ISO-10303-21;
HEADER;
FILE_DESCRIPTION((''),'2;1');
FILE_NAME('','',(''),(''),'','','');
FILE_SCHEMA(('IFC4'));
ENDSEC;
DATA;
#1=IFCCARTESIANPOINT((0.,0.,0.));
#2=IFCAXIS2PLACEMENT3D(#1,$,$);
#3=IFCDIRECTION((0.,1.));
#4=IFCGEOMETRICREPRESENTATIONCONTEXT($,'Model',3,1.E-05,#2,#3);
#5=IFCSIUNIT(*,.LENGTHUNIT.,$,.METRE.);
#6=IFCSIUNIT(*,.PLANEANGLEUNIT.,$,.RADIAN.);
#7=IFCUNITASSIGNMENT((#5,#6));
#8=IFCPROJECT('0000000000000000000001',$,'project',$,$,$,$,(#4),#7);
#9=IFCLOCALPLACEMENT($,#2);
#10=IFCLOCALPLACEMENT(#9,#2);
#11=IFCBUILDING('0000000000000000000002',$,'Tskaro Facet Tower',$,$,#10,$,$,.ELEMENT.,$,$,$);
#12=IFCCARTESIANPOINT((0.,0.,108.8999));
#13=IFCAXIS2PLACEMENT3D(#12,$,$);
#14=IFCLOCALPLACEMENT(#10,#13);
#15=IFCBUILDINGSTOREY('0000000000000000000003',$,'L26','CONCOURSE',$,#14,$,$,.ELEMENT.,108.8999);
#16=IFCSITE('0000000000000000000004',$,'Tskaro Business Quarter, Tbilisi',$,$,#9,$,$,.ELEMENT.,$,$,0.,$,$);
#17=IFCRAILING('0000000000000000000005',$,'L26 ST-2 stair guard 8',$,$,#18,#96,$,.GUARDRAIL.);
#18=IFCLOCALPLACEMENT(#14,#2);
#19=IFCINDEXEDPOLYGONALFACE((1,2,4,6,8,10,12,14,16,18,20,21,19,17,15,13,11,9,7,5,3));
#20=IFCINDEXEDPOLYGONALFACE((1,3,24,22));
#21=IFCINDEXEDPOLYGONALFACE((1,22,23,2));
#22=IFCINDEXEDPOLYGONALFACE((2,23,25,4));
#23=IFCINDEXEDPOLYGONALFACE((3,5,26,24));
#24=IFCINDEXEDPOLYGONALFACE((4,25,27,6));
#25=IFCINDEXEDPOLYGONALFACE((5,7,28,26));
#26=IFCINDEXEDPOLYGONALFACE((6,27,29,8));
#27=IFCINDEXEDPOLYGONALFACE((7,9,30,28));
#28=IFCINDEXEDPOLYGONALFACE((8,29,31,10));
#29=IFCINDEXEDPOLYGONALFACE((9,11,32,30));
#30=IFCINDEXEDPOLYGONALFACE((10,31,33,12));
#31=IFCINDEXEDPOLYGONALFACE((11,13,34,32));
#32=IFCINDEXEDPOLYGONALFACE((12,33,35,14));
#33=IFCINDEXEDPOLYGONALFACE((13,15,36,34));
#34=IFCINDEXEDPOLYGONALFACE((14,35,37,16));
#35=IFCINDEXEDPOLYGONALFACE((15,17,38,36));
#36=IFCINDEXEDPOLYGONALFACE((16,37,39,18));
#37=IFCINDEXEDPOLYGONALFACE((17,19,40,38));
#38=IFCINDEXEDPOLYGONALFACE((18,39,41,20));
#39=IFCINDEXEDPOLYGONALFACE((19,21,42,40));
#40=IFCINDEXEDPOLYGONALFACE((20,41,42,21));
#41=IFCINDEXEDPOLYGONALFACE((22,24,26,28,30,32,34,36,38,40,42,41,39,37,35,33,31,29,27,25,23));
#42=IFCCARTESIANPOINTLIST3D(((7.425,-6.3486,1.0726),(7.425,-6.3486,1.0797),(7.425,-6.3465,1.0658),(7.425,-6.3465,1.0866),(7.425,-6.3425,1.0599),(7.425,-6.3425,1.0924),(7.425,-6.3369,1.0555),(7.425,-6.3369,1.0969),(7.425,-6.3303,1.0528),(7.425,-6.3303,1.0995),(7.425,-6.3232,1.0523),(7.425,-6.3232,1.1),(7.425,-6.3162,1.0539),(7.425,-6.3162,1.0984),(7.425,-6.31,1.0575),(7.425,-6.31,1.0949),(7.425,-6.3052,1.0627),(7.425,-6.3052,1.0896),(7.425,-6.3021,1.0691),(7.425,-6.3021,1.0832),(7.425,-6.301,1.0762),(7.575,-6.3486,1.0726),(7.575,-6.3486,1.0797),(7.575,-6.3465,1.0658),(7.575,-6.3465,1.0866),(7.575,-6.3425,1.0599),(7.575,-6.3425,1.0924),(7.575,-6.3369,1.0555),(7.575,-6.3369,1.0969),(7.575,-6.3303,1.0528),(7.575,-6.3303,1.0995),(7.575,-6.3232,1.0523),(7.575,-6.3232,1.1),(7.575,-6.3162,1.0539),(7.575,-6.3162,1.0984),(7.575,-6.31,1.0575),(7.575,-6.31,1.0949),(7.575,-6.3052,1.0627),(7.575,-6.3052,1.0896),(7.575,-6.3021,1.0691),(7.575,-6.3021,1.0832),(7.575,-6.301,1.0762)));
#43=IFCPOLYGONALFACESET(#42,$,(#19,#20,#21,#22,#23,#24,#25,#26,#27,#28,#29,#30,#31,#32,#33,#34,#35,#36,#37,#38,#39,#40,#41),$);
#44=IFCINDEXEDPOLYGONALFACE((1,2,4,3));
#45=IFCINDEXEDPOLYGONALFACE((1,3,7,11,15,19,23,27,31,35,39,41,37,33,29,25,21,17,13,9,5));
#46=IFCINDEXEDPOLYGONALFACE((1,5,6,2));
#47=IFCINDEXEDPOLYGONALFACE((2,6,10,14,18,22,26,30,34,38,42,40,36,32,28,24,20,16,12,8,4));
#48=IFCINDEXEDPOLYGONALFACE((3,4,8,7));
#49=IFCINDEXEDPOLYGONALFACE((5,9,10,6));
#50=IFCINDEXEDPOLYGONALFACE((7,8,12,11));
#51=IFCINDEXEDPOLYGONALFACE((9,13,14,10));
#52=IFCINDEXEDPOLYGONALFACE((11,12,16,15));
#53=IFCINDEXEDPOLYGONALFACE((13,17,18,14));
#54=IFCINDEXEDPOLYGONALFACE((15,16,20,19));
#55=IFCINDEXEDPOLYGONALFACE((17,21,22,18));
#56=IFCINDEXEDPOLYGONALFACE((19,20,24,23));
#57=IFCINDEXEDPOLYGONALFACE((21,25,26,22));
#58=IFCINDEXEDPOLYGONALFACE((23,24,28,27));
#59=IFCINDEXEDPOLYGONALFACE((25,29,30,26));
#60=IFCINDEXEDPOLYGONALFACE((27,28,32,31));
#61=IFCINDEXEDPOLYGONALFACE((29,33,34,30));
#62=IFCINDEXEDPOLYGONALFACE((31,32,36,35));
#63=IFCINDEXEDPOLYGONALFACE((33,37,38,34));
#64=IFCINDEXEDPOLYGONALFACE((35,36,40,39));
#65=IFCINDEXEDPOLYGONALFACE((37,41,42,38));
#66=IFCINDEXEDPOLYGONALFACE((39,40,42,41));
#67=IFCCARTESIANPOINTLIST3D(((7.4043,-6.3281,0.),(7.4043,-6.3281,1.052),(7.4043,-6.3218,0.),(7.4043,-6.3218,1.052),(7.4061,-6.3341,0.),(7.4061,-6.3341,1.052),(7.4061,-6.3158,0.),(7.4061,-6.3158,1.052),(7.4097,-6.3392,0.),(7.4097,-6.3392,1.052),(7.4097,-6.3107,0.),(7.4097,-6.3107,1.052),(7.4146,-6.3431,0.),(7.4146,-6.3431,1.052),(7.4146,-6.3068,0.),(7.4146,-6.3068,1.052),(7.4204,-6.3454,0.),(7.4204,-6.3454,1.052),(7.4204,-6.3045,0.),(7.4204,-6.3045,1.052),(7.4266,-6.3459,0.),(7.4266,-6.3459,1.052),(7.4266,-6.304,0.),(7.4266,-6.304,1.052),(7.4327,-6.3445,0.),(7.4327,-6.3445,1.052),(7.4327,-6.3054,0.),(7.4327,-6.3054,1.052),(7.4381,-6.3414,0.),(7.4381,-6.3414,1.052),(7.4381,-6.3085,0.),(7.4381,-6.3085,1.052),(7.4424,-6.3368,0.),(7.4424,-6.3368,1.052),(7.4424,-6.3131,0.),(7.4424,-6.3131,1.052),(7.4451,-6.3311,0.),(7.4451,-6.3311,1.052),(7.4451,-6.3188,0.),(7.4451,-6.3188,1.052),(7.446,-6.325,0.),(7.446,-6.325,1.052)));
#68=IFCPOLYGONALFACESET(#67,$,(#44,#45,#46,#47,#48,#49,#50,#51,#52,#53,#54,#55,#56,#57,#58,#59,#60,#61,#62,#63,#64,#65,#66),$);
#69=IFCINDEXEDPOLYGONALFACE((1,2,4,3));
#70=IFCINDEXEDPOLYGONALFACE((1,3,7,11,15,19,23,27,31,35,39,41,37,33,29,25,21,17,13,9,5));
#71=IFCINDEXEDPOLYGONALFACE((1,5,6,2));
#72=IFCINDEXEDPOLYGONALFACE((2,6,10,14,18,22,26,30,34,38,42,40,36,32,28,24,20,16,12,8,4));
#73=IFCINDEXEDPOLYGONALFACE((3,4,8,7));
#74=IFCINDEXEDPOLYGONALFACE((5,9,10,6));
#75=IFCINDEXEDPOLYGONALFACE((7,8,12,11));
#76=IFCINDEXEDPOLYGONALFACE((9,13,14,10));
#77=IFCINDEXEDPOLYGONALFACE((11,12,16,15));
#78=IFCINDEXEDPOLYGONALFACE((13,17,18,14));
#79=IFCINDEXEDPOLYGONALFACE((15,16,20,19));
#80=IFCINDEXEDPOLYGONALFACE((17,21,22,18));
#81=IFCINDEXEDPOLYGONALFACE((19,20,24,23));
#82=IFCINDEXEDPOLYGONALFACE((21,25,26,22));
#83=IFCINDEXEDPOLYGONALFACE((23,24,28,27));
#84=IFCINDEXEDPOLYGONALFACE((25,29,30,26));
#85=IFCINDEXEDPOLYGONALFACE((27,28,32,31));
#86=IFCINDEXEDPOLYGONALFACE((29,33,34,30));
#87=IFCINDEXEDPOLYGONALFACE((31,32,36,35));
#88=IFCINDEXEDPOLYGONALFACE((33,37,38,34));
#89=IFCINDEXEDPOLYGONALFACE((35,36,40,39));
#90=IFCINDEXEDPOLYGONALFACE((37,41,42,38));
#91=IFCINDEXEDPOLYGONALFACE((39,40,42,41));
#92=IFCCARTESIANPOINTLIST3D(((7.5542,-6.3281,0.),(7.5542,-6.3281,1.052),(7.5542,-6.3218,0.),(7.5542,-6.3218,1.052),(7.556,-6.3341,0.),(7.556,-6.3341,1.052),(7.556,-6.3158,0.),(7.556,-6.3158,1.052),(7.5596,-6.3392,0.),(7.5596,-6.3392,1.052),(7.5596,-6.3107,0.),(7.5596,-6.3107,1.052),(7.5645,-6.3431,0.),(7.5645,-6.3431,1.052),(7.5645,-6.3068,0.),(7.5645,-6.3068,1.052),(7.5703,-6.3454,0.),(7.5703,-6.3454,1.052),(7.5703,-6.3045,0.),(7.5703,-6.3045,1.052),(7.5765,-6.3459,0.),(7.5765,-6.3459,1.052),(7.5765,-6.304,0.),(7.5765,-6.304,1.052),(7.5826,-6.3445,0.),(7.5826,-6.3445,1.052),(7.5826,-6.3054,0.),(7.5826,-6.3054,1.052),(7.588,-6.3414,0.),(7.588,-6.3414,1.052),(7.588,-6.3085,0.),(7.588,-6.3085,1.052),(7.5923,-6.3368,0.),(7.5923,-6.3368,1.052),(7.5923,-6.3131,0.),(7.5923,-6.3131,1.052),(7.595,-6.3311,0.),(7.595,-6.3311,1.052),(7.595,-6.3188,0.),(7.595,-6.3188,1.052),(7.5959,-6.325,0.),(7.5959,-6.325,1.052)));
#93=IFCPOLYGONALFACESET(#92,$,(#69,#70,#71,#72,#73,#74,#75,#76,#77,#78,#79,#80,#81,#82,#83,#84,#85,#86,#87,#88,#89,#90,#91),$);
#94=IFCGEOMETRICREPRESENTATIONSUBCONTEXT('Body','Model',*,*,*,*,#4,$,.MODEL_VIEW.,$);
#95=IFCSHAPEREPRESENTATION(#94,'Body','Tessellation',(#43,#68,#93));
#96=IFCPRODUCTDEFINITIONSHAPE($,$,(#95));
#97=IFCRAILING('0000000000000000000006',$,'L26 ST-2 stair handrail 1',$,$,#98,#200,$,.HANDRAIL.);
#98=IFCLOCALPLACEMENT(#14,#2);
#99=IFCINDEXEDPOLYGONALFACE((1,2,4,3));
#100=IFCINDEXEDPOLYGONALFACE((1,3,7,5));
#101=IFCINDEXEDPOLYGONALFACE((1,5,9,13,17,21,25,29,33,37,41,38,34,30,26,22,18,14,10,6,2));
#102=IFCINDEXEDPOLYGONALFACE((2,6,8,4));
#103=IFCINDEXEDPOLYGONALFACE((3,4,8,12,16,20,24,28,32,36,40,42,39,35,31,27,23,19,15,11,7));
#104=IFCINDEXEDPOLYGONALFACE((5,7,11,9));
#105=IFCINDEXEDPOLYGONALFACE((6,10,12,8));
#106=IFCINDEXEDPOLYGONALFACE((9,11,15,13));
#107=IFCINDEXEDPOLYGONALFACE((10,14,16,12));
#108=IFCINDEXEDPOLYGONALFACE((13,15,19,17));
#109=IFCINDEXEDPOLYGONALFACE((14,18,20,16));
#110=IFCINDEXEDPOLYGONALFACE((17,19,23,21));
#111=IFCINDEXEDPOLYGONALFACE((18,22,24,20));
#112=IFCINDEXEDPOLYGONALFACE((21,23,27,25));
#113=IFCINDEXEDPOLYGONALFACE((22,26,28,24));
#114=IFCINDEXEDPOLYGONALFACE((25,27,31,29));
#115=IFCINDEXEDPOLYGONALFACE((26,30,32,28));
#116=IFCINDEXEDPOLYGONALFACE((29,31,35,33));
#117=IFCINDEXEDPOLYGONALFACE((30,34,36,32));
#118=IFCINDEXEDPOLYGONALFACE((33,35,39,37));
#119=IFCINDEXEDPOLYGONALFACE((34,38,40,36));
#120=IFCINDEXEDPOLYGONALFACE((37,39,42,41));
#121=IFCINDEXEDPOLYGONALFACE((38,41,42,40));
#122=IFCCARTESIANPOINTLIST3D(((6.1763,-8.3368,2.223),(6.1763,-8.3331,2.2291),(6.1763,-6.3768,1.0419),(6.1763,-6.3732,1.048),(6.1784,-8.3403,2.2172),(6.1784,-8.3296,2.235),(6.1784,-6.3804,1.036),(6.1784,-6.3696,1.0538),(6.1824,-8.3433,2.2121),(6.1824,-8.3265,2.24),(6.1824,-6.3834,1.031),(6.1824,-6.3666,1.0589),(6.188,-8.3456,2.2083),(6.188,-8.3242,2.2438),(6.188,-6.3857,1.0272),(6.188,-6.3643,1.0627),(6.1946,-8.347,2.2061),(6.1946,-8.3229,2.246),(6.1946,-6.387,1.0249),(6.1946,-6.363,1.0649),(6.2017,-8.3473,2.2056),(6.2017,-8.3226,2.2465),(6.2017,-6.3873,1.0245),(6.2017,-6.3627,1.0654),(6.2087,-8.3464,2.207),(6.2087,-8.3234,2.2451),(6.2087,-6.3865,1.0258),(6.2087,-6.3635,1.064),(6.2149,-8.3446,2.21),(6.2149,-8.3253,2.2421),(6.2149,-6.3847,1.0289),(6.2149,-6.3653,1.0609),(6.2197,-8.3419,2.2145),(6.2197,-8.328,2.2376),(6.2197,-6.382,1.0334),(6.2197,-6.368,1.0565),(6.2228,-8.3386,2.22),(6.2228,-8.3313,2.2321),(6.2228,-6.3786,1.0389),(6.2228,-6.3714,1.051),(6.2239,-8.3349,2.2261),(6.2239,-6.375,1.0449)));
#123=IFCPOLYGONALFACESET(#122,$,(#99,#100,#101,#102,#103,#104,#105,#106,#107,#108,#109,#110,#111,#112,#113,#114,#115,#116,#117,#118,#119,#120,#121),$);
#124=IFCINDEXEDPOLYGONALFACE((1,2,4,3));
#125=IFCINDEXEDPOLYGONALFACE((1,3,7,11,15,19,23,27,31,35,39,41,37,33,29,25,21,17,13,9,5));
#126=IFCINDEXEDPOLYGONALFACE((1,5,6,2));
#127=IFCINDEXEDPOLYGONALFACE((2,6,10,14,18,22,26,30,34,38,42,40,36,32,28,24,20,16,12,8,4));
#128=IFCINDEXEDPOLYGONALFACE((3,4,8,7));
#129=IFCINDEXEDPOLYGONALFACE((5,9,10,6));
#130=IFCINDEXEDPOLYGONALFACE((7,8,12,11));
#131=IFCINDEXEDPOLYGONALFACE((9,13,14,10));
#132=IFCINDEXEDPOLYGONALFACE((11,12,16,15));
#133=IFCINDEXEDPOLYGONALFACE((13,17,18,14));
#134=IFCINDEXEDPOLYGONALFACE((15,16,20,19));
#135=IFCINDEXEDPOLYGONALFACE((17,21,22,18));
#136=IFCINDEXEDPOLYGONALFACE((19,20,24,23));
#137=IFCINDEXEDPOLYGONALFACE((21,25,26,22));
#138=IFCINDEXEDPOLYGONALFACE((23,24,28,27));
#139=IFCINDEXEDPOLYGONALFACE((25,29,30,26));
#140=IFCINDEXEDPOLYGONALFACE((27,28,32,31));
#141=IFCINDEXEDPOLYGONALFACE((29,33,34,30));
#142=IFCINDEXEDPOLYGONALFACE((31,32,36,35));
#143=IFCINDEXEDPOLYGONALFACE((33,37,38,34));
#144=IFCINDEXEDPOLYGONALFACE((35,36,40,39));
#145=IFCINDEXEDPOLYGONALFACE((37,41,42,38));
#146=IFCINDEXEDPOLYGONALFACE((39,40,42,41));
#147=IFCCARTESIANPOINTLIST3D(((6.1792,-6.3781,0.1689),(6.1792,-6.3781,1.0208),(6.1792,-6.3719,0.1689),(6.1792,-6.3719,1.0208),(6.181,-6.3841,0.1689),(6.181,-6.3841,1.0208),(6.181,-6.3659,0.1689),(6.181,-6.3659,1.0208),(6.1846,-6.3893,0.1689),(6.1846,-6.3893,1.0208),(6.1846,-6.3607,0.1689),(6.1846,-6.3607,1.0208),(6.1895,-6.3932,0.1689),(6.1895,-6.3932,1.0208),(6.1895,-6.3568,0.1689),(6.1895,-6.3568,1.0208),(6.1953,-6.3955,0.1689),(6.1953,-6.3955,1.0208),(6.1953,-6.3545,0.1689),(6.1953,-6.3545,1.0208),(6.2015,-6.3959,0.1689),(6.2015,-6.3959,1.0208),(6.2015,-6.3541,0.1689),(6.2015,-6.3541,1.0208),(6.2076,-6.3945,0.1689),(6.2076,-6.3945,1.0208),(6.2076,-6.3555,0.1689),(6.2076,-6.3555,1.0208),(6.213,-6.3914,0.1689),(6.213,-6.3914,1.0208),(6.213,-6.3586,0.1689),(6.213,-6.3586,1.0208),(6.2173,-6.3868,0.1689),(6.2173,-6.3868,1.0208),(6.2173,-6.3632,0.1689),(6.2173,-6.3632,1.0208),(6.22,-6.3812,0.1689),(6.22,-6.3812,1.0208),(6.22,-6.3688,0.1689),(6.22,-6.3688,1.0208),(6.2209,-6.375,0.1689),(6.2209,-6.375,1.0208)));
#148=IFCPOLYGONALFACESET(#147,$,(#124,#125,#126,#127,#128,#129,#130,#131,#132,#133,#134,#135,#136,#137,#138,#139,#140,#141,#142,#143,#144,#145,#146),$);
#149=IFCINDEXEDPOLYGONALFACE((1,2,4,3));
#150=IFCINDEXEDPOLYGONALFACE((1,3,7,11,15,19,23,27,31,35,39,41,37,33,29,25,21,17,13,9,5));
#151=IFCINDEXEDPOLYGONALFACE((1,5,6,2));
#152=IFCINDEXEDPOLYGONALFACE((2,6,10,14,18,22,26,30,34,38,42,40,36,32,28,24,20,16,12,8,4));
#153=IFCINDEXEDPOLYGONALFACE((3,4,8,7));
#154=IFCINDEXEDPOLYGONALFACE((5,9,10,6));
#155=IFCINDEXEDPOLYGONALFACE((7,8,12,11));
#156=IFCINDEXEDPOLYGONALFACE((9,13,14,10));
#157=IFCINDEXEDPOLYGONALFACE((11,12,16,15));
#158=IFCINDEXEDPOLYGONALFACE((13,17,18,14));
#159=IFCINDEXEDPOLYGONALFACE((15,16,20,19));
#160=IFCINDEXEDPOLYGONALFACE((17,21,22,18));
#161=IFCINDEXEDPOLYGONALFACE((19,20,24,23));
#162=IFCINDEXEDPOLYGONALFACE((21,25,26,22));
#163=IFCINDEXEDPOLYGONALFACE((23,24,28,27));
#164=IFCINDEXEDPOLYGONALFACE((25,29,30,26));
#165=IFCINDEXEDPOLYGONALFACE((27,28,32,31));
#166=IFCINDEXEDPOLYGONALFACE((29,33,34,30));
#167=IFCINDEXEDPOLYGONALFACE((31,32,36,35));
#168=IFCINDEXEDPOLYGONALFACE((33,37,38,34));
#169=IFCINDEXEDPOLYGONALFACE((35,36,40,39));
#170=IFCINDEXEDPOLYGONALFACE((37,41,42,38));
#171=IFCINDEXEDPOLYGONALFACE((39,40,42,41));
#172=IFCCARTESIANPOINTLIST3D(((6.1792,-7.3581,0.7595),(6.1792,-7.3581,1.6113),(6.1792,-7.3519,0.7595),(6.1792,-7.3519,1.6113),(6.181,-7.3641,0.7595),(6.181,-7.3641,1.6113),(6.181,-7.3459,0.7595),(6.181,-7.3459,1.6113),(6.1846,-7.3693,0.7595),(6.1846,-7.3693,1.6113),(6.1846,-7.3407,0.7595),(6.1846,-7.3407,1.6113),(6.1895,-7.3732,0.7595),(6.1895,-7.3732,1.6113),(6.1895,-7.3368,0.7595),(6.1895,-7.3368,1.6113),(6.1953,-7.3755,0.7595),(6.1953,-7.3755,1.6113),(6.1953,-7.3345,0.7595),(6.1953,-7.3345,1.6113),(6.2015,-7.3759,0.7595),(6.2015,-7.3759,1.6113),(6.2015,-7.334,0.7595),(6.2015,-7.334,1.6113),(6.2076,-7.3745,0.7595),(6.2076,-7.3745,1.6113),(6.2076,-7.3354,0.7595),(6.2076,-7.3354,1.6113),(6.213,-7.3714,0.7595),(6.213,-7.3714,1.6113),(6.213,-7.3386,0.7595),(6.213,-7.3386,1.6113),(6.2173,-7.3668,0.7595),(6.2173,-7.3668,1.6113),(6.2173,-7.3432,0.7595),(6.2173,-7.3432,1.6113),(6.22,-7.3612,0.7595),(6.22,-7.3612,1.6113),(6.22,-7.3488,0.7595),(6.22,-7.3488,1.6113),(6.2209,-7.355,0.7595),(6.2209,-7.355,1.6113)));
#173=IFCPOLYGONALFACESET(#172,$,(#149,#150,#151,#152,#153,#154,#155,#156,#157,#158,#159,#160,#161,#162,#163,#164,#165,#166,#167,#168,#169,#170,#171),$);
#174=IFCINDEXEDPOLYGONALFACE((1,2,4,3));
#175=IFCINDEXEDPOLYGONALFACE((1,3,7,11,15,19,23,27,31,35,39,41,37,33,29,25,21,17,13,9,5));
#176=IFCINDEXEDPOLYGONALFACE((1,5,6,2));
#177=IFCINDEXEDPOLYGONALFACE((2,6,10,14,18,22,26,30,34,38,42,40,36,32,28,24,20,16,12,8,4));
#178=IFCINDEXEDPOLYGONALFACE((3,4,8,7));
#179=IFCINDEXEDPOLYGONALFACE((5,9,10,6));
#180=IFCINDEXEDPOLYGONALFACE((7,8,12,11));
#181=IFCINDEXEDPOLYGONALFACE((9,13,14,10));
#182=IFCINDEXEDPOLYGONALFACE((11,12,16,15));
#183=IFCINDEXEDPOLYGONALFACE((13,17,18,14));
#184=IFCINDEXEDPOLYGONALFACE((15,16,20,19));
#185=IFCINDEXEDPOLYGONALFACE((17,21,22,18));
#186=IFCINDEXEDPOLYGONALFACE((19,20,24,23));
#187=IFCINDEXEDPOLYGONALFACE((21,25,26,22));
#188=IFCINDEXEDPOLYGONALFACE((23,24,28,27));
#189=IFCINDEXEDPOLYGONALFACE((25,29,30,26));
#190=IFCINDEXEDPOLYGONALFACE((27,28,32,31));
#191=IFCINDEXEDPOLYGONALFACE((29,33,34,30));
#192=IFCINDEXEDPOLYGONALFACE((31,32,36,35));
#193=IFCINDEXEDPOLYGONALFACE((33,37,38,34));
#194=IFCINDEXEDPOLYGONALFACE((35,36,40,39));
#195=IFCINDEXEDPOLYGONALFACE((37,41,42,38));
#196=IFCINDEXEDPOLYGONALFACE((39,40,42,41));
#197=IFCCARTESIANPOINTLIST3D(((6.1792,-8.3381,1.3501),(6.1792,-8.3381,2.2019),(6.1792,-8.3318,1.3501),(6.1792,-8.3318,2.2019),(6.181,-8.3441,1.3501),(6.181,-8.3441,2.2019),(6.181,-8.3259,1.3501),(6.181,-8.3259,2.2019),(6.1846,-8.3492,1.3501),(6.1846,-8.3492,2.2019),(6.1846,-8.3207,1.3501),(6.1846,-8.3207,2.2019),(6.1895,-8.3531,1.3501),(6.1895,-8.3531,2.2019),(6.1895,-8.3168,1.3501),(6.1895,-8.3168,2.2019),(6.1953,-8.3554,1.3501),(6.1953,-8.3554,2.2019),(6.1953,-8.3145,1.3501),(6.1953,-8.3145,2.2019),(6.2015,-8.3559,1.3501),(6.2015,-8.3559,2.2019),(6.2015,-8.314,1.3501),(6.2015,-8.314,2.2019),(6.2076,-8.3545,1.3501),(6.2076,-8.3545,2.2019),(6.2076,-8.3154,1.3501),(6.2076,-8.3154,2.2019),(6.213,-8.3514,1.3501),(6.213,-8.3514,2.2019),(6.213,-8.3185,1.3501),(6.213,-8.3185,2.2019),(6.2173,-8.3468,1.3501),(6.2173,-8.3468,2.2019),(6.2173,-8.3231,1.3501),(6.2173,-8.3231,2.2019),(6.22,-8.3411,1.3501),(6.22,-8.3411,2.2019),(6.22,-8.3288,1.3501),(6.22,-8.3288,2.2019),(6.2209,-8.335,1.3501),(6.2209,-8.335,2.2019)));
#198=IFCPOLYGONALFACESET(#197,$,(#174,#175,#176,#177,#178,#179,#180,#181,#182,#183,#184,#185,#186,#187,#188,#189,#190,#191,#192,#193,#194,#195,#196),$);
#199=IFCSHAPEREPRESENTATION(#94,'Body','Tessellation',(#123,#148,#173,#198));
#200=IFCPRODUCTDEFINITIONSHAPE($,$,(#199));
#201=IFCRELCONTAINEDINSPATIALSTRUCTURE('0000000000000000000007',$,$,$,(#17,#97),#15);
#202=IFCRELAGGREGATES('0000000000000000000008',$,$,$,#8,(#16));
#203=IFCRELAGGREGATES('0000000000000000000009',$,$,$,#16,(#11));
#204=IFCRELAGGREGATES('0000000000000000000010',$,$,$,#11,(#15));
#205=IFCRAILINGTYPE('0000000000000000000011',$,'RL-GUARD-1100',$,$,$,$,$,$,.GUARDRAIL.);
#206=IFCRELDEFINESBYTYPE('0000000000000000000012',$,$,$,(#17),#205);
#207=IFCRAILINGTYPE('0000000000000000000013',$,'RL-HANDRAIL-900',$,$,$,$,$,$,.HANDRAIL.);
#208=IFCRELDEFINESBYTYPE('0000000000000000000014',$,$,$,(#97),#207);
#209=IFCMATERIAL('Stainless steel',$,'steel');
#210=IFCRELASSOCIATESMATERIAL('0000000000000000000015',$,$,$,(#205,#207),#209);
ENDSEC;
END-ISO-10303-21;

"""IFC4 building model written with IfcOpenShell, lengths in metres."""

from ifc_helpers import new_model, si_unit, direction, frame, origin, origin_2d, place, context, subcontext, project, spatial, circle, extrude, material, type_object, element, save


model = new_model("IFC4")

# Units and contexts
model_context = context("Model", 3, precision=1e-05, world=origin(), true_north=direction((0.0, 1.0)))
body_context = subcontext(model_context, "Body", "Model", "MODEL_VIEW")
ifc_project = project(units=[si_unit("LENGTHUNIT", "METRE"), si_unit("PLANEANGLEUNIT", "RADIAN")], contexts=[model_context])

# Site, building, storey
site_placement = place(None, origin())
site = spatial("IfcSite", under=ifc_project, at=site_placement, Name="Tskaro Business Quarter, Tbilisi", CompositionType="ELEMENT", RefElevation=0.0)
building_placement = place(site_placement, origin())
building = spatial("IfcBuilding", under=site, at=building_placement, Name="Tskaro Facet Tower", CompositionType="ELEMENT")
storey_placement = place(building_placement, frame((0.0, 0.0, 108.8999)))
storey = spatial("IfcBuildingStorey", under=building, at=storey_placement, Name="L26", Description="CONCOURSE", CompositionType="ELEMENT", Elevation=108.8999)

# Shared definitions
ifc_material_1 = material(Name="Stainless steel", Category="steel")

# Railings
railing_type_1 = type_object("IfcRailingType", Name="RL-GUARD-1100", PredefinedType="GUARDRAIL", material=ifc_material_1)
railing_1_placement = place(storey_placement, frame((7.425, -6.325, 0.0)))
element("IfcRailing", 1, at=railing_1_placement, inside=storey, type_object=railing_type_1, Name="L26 ST-2 stair guard 8", PredefinedType="GUARDRAIL", context=body_context, shape_type="SweptSolid", body=[
    extrude(circle(Radius=0.0239, at=origin_2d()), frame((0.0, 0.0, 1.0762), z_axis=(1.0, 0.0, 0.0), x_axis=(0.0, 1.0, 0.0)), (0.0, 0.0, 1.0), 0.1499),
    extrude(circle(Radius=0.021, at=origin_2d()), origin(), (0.0, 0.0, 1.0), 1.052),
    extrude(circle(Radius=0.021, at=origin_2d()), frame((0.1499, 0.0, 0.0)), (0.0, 0.0, 1.0), 1.052),
])
railing_type_2 = type_object("IfcRailingType", Name="RL-HANDRAIL-900", PredefinedType="HANDRAIL", material=ifc_material_1)
railing_2_placement = place(storey_placement, frame((6.2, -6.375, 0.1689)))
element("IfcRailing", 2, at=railing_2_placement, inside=storey, type_object=railing_type_2, Name="L26 ST-2 stair handrail 1", PredefinedType="HANDRAIL", context=body_context, shape_type="SweptSolid", body=[
    extrude(circle(Radius=0.0239, at=origin_2d()), frame((0.0, 0.0, 0.876), z_axis=(0.0, -0.856493, 0.516158), x_axis=(1.0, 0.0, 0.0)), (0.0, 0.0, 1.0), 2.2883),
    extrude(circle(Radius=0.021, at=origin_2d()), origin(), (0.0, 0.0, 1.0), 0.8518),
    extrude(circle(Radius=0.021, at=origin_2d()), frame((0.0, -0.98, 0.5906)), (0.0, 0.0, 1.0), 0.8518),
    extrude(circle(Radius=0.021, at=origin_2d()), frame((0.0, -1.96, 1.1812)), (0.0, 0.0, 1.0), 0.8518),
])

save(model, "model.ifc")
